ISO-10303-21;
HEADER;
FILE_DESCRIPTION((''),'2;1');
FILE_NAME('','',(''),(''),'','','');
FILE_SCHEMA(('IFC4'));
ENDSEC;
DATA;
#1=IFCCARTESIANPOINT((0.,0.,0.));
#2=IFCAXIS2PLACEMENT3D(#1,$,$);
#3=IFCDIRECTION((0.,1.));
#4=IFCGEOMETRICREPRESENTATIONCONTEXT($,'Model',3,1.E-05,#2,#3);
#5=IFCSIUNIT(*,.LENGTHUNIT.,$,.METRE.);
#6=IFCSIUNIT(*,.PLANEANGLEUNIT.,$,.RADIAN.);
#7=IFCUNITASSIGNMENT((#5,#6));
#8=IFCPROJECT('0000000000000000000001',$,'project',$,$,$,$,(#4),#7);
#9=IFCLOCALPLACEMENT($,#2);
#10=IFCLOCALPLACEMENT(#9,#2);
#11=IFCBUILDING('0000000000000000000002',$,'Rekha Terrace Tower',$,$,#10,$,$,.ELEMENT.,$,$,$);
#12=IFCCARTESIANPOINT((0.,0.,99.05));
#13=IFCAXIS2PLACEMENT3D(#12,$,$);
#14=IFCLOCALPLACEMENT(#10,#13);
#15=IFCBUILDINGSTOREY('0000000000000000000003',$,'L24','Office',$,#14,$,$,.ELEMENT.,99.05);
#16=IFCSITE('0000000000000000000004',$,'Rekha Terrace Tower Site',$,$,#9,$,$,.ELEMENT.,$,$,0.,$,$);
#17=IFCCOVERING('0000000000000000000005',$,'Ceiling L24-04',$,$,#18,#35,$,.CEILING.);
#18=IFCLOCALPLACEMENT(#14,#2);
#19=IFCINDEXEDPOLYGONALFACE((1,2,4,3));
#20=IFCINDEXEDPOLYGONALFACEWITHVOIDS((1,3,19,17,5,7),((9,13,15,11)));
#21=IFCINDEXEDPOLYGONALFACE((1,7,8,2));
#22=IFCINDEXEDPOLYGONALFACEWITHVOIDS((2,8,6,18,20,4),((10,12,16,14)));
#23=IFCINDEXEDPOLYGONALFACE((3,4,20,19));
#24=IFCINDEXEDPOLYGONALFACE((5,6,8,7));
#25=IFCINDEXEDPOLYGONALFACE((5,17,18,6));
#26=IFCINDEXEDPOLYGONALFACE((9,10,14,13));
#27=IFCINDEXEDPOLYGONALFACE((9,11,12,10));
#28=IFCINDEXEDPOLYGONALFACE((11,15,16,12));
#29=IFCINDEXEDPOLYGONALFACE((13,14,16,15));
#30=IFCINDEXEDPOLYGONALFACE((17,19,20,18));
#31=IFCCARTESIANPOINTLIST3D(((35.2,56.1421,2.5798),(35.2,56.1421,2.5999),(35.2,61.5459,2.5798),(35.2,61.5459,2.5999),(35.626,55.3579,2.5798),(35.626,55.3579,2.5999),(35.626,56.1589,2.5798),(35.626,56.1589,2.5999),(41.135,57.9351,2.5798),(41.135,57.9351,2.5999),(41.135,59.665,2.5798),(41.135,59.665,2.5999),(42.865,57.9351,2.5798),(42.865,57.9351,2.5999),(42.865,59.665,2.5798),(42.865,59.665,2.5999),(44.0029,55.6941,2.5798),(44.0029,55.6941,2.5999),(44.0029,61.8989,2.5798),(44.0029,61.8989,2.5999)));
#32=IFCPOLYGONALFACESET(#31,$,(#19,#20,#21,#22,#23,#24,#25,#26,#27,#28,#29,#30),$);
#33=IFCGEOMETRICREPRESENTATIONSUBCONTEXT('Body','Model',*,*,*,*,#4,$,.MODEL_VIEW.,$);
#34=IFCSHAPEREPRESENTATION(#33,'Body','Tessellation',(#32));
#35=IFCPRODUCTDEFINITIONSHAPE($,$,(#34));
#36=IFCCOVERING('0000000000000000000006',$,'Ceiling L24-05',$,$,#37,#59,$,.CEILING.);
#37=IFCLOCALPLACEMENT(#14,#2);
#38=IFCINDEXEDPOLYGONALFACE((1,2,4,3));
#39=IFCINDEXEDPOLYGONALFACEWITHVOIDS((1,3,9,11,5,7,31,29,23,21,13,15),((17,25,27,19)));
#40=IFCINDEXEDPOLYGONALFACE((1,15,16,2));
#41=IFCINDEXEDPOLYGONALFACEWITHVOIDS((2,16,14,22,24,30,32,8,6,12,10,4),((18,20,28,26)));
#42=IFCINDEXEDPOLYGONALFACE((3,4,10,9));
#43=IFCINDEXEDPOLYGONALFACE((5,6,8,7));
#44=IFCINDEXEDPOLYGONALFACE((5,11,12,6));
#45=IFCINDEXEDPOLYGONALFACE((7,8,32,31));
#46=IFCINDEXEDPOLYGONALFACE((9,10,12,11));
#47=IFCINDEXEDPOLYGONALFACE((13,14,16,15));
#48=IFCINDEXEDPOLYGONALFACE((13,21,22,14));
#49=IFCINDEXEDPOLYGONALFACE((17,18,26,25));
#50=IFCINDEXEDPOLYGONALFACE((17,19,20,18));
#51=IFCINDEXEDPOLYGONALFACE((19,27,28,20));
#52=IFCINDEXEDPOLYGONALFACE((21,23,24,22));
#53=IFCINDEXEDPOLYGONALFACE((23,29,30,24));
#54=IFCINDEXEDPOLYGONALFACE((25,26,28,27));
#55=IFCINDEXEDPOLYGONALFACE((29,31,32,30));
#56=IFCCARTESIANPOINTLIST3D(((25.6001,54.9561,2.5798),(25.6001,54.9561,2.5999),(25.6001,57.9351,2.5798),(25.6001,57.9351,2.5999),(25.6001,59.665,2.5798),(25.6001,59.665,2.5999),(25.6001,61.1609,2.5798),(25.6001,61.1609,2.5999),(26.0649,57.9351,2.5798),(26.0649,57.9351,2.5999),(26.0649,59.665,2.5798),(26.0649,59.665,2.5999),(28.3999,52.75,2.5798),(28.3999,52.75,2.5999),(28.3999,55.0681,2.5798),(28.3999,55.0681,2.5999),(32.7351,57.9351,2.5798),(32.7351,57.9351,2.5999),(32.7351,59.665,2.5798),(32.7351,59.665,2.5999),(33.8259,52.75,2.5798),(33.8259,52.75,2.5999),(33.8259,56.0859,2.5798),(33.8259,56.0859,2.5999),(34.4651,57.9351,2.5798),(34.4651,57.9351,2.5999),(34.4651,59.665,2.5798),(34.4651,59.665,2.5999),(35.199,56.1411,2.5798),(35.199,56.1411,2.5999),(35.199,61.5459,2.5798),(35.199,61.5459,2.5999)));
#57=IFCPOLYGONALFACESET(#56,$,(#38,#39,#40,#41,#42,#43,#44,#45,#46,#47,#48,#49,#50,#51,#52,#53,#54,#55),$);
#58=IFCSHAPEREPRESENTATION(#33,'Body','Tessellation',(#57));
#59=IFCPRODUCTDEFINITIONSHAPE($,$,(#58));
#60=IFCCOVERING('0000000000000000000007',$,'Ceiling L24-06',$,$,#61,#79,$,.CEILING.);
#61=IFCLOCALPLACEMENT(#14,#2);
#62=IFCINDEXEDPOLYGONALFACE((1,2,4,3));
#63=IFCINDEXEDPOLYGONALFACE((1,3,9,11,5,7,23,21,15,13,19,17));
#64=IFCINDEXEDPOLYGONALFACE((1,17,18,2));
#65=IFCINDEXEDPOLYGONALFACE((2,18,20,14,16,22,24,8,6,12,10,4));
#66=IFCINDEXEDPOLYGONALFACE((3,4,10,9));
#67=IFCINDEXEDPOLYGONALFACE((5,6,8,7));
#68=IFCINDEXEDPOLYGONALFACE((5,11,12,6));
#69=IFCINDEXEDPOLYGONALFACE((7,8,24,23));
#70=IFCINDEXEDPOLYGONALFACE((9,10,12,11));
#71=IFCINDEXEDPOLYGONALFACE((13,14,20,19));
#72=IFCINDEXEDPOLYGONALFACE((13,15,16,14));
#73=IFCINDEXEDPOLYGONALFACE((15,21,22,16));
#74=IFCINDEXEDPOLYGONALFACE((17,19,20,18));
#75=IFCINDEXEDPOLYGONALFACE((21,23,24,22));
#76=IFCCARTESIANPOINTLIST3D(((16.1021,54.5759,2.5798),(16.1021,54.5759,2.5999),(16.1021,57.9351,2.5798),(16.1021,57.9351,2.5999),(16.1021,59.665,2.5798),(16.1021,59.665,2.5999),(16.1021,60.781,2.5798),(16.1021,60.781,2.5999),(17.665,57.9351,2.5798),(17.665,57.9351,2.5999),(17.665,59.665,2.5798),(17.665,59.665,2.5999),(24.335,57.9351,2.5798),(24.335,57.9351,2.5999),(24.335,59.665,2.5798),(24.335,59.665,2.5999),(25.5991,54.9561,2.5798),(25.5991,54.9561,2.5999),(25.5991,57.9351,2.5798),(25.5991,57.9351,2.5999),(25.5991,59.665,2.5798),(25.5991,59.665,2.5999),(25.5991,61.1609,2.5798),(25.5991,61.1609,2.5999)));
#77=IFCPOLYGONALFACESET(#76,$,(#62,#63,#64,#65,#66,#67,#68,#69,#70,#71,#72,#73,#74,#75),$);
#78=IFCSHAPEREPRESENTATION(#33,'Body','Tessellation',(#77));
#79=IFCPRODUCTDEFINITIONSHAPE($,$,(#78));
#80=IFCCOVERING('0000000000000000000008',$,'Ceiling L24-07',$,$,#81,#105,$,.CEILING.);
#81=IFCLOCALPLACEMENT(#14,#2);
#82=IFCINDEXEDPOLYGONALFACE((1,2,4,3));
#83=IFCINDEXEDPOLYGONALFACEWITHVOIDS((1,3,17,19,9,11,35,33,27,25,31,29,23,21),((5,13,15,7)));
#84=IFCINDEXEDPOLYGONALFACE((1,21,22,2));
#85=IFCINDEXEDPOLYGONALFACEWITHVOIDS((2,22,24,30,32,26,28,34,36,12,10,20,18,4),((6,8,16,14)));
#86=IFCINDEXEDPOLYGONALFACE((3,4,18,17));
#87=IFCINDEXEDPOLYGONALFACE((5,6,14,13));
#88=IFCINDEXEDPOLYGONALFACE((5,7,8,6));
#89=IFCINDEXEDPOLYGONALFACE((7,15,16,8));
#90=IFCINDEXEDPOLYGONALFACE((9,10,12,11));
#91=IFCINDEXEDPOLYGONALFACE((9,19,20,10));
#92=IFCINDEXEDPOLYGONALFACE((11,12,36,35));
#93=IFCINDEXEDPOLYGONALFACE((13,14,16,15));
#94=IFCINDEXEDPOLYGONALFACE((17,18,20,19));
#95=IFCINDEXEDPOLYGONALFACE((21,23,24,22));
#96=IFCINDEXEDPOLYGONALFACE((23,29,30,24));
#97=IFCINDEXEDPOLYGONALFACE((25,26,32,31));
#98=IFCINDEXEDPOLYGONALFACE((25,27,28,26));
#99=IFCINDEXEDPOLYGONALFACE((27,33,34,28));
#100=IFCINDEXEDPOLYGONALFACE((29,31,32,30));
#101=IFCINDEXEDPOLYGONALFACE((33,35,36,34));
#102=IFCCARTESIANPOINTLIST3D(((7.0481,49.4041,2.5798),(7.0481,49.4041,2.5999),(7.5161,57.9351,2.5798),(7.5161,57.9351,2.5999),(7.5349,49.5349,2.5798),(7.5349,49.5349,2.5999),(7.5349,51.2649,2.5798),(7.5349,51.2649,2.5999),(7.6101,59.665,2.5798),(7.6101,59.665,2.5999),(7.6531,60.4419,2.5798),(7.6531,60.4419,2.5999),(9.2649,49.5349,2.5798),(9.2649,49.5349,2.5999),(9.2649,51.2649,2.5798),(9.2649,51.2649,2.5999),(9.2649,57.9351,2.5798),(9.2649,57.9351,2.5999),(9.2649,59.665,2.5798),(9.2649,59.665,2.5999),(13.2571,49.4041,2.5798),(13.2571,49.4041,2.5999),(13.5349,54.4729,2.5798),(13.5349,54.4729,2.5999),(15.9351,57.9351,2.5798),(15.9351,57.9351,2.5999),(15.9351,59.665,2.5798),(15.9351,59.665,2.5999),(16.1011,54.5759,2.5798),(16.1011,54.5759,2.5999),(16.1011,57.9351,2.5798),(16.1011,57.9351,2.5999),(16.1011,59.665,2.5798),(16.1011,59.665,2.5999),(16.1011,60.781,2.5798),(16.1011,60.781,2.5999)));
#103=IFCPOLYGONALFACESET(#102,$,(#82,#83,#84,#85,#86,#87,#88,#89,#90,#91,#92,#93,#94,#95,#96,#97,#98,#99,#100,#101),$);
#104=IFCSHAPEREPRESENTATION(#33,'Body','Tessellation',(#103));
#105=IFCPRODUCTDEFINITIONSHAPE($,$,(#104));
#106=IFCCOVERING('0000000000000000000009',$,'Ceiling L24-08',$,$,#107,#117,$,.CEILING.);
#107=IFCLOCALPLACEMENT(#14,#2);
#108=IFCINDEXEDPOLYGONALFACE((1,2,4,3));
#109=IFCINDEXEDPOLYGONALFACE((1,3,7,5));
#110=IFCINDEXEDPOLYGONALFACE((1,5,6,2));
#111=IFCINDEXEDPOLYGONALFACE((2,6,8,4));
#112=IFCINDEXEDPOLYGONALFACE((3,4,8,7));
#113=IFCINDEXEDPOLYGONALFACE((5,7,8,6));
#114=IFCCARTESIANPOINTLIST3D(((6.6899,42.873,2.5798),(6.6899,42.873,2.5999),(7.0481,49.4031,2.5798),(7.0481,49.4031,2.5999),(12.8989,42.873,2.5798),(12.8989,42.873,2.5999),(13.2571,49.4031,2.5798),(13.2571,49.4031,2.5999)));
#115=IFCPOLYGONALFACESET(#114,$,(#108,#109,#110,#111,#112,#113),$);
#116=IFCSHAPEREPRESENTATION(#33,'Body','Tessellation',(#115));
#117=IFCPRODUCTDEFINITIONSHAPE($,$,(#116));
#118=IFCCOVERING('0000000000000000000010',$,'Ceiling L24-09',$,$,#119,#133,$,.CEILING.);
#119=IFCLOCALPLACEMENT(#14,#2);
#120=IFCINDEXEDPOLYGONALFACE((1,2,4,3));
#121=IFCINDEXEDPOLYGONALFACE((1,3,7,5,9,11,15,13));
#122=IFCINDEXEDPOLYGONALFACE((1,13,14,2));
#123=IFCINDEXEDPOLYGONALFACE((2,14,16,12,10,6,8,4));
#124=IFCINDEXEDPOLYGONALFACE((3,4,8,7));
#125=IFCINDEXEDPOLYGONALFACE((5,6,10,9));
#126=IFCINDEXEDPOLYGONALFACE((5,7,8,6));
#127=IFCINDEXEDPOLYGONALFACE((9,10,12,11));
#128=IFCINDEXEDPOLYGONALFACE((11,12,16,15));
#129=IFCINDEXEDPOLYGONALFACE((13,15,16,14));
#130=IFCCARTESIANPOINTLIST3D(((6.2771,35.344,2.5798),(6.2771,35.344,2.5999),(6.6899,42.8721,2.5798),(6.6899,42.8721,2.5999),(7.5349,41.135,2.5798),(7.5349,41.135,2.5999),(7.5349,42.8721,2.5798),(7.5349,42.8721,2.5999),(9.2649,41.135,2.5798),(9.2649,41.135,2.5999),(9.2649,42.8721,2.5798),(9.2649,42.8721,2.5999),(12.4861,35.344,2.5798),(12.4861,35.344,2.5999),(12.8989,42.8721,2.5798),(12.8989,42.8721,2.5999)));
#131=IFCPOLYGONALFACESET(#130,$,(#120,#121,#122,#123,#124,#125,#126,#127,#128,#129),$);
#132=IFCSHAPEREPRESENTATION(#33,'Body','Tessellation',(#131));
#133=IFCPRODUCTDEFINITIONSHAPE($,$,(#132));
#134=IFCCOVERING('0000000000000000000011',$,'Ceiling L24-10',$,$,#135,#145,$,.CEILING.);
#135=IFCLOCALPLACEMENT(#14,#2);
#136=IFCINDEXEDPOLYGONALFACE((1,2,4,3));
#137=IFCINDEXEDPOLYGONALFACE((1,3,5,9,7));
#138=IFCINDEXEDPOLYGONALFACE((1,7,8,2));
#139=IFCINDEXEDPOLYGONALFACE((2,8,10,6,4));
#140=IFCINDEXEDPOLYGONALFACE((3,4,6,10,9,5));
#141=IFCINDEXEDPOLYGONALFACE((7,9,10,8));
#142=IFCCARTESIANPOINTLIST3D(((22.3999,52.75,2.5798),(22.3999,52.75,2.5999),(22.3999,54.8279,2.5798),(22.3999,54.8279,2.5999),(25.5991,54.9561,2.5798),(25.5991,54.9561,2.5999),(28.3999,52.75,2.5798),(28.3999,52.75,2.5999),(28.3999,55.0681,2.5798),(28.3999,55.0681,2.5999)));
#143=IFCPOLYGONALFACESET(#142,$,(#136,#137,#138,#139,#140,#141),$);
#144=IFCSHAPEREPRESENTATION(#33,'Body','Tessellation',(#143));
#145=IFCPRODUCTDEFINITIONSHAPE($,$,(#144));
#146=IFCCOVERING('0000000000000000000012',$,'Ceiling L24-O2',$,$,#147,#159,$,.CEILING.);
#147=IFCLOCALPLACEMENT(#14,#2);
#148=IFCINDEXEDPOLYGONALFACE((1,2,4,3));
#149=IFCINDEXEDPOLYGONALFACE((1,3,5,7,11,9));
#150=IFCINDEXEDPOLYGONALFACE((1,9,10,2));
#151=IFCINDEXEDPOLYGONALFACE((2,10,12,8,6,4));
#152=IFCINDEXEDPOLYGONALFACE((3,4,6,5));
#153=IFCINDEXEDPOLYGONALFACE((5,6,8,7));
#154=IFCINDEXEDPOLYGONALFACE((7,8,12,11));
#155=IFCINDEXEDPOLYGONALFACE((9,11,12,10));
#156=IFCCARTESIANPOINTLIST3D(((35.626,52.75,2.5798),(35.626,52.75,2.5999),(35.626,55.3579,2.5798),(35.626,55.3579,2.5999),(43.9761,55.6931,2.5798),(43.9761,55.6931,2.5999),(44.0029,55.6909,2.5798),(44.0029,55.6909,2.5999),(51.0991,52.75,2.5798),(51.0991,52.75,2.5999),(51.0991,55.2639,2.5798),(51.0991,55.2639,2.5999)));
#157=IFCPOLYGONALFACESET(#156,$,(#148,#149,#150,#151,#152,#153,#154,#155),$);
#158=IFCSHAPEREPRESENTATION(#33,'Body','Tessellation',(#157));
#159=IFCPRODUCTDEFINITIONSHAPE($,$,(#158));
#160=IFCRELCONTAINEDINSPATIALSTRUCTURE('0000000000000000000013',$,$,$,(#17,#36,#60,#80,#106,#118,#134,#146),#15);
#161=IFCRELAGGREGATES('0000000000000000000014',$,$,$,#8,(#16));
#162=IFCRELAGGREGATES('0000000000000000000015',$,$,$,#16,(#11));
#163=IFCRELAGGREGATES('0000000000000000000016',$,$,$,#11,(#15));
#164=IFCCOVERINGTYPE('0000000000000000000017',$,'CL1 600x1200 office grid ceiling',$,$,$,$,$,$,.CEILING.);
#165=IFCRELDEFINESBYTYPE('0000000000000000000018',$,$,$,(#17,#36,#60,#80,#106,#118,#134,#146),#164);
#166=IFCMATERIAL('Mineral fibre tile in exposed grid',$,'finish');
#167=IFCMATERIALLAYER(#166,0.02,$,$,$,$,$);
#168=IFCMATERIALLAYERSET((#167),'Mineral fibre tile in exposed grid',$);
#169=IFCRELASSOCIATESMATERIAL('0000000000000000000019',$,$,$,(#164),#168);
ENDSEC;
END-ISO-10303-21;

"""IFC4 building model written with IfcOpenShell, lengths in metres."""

from ifc_helpers import new_model, si_unit, direction, frame, origin, place, context, subcontext, project, spatial, polyline, outline, extrude, material, layer, layer_set, type_object, element, save


model = new_model("IFC4")

# Units and contexts
model_context = context("Model", 3, precision=1e-05, world=origin(), true_north=direction((0.0, 1.0)))
body_context = subcontext(model_context, "Body", "Model", "MODEL_VIEW")
ifc_project = project(units=[si_unit("LENGTHUNIT", "METRE"), si_unit("PLANEANGLEUNIT", "RADIAN")], contexts=[model_context])

# Site, building, storey
site_placement = place(None, origin())
site = spatial("IfcSite", under=ifc_project, at=site_placement, Name="Rekha Terrace Tower Site", CompositionType="ELEMENT", RefElevation=0.0)
building_placement = place(site_placement, origin())
building = spatial("IfcBuilding", under=site, at=building_placement, Name="Rekha Terrace Tower", CompositionType="ELEMENT")
storey_placement = place(building_placement, frame((0.0, 0.0, 99.05)))
storey = spatial("IfcBuildingStorey", under=building, at=storey_placement, Name="L24", Description="Office", CompositionType="ELEMENT", Elevation=99.05)

# Coverings
ifc_material_1 = material(Name="Mineral fibre tile in exposed grid", Category="finish")
ifc_layer_1 = layer(ifc_material_1, 0.02)
ifc_layer_set_1 = layer_set([ifc_layer_1], Name="Mineral fibre tile in exposed grid")
covering_type_1 = type_object("IfcCoveringType", Name="CL1 600x1200 office grid ceiling", PredefinedType="CEILING", material=ifc_layer_set_1)
covering_1_placement = place(storey_placement, frame((0.0, 0.0, 2.5798)))
element("IfcCovering", 1, at=covering_1_placement, inside=storey, type_object=covering_type_1, Name="Ceiling L24-04", PredefinedType="CEILING", context=body_context, shape_type="SweptSolid", body=[
    extrude(outline(polyline([(35.2, 56.1421), (35.626, 56.1589), (35.626, 55.3579), (44.0029, 55.6941), (44.0029, 61.8989), (35.2, 61.5459), (35.2, 56.1421)]), holes=[polyline([(42.865, 57.9351), (41.135, 57.9351), (41.135, 59.665), (42.865, 59.665), (42.865, 57.9351)])]), origin(), (0.0, 0.0, 1.0), 0.02),
])
covering_2_placement = place(storey_placement, frame((0.0, 0.0, 2.5798)))
element("IfcCovering", 2, at=covering_2_placement, inside=storey, type_object=covering_type_1, Name="Ceiling L24-05", PredefinedType="CEILING", context=body_context, shape_type="SweptSolid", body=[
    extrude(outline(polyline([(26.0649, 57.9351), (25.6001, 57.9351), (25.6001, 54.9561), (28.3999, 55.0681), (28.3999, 52.75), (33.8259, 52.75), (33.8259, 56.0859), (35.199, 56.1411), (35.199, 61.5459), (25.6001, 61.1609), (25.6001, 59.665), (26.0649, 59.665), (26.0649, 57.9351)]), holes=[polyline([(34.4651, 57.9351), (32.7351, 57.9351), (32.7351, 59.665), (34.4651, 59.665), (34.4651, 57.9351)])]), origin(), (0.0, 0.0, 1.0), 0.02),
])
covering_3_placement = place(storey_placement, frame((0.0, 0.0, 2.5798)))
element("IfcCovering", 3, at=covering_3_placement, inside=storey, type_object=covering_type_1, Name="Ceiling L24-06", PredefinedType="CEILING", context=body_context, shape_type="SweptSolid", body=[
    extrude(outline(polyline([(25.5991, 59.665), (25.5991, 61.1609), (16.1021, 60.781), (16.1021, 59.665), (17.665, 59.665), (17.665, 57.9351), (16.1021, 57.9351), (16.1021, 54.5759), (25.5991, 54.9561), (25.5991, 57.9351), (24.335, 57.9351), (24.335, 59.665), (25.5991, 59.665)])), origin(), (0.0, 0.0, 1.0), 0.02),
])
covering_4_placement = place(storey_placement, frame((0.0, 0.0, 2.5798)))
element("IfcCovering", 4, at=covering_4_placement, inside=storey, type_object=covering_type_1, Name="Ceiling L24-07", PredefinedType="CEILING", context=body_context, shape_type="SweptSolid", body=[
    extrude(outline(polyline([(7.5161, 57.9351), (7.0481, 49.4041), (13.2571, 49.4041), (13.5349, 54.4729), (16.1011, 54.5759), (16.1011, 57.9351), (15.9351, 57.9351), (15.9351, 59.665), (16.1011, 59.665), (16.1011, 60.781), (7.6531, 60.4419), (7.6101, 59.665), (9.2649, 59.665), (9.2649, 57.9351), (7.5161, 57.9351)]), holes=[polyline([(9.2649, 51.2649), (9.2649, 49.5349), (7.5349, 49.5349), (7.5349, 51.2649), (9.2649, 51.2649)])]), origin(), (0.0, 0.0, 1.0), 0.02),
])
covering_5_placement = place(storey_placement, frame((0.0, 0.0, 2.5798)))
element("IfcCovering", 5, at=covering_5_placement, inside=storey, type_object=covering_type_1, Name="Ceiling L24-08", PredefinedType="CEILING", context=body_context, shape_type="SweptSolid", body=[
    extrude(outline(polyline([(13.2571, 49.4031), (7.0481, 49.4031), (6.6899, 42.873), (12.8989, 42.873), (13.2571, 49.4031)])), origin(), (0.0, 0.0, 1.0), 0.02),
])
covering_6_placement = place(storey_placement, frame((0.0, 0.0, 2.5798)))
element("IfcCovering", 6, at=covering_6_placement, inside=storey, type_object=covering_type_1, Name="Ceiling L24-09", PredefinedType="CEILING", context=body_context, shape_type="SweptSolid", body=[
    extrude(outline(polyline([(7.5349, 42.8721), (6.6899, 42.8721), (6.2771, 35.344), (12.4861, 35.344), (12.8989, 42.8721), (9.2649, 42.8721), (9.2649, 41.135), (7.5349, 41.135), (7.5349, 42.8721)])), origin(), (0.0, 0.0, 1.0), 0.02),
])
covering_7_placement = place(storey_placement, frame((0.0, 0.0, 2.5798)))
element("IfcCovering", 7, at=covering_7_placement, inside=storey, type_object=covering_type_1, Name="Ceiling L24-10", PredefinedType="CEILING", context=body_context, shape_type="SweptSolid", body=[
    extrude(outline(polyline([(22.3999, 52.75), (28.3999, 52.75), (28.3999, 55.0681), (25.5991, 54.9561), (22.3999, 54.8279), (22.3999, 52.75)])), origin(), (0.0, 0.0, 1.0), 0.02),
])
covering_8_placement = place(storey_placement, frame((0.0, 0.0, 2.5798)))
element("IfcCovering", 8, at=covering_8_placement, inside=storey, type_object=covering_type_1, Name="Ceiling L24-O2", PredefinedType="CEILING", context=body_context, shape_type="SweptSolid", body=[
    extrude(outline(polyline([(51.0991, 55.2639), (44.0029, 55.6909), (43.9761, 55.6931), (35.626, 55.3579), (35.626, 52.75), (51.0991, 52.75), (51.0991, 55.2639)])), origin(), (0.0, 0.0, 1.0), 0.02),
])

save(model, "model.ifc")
